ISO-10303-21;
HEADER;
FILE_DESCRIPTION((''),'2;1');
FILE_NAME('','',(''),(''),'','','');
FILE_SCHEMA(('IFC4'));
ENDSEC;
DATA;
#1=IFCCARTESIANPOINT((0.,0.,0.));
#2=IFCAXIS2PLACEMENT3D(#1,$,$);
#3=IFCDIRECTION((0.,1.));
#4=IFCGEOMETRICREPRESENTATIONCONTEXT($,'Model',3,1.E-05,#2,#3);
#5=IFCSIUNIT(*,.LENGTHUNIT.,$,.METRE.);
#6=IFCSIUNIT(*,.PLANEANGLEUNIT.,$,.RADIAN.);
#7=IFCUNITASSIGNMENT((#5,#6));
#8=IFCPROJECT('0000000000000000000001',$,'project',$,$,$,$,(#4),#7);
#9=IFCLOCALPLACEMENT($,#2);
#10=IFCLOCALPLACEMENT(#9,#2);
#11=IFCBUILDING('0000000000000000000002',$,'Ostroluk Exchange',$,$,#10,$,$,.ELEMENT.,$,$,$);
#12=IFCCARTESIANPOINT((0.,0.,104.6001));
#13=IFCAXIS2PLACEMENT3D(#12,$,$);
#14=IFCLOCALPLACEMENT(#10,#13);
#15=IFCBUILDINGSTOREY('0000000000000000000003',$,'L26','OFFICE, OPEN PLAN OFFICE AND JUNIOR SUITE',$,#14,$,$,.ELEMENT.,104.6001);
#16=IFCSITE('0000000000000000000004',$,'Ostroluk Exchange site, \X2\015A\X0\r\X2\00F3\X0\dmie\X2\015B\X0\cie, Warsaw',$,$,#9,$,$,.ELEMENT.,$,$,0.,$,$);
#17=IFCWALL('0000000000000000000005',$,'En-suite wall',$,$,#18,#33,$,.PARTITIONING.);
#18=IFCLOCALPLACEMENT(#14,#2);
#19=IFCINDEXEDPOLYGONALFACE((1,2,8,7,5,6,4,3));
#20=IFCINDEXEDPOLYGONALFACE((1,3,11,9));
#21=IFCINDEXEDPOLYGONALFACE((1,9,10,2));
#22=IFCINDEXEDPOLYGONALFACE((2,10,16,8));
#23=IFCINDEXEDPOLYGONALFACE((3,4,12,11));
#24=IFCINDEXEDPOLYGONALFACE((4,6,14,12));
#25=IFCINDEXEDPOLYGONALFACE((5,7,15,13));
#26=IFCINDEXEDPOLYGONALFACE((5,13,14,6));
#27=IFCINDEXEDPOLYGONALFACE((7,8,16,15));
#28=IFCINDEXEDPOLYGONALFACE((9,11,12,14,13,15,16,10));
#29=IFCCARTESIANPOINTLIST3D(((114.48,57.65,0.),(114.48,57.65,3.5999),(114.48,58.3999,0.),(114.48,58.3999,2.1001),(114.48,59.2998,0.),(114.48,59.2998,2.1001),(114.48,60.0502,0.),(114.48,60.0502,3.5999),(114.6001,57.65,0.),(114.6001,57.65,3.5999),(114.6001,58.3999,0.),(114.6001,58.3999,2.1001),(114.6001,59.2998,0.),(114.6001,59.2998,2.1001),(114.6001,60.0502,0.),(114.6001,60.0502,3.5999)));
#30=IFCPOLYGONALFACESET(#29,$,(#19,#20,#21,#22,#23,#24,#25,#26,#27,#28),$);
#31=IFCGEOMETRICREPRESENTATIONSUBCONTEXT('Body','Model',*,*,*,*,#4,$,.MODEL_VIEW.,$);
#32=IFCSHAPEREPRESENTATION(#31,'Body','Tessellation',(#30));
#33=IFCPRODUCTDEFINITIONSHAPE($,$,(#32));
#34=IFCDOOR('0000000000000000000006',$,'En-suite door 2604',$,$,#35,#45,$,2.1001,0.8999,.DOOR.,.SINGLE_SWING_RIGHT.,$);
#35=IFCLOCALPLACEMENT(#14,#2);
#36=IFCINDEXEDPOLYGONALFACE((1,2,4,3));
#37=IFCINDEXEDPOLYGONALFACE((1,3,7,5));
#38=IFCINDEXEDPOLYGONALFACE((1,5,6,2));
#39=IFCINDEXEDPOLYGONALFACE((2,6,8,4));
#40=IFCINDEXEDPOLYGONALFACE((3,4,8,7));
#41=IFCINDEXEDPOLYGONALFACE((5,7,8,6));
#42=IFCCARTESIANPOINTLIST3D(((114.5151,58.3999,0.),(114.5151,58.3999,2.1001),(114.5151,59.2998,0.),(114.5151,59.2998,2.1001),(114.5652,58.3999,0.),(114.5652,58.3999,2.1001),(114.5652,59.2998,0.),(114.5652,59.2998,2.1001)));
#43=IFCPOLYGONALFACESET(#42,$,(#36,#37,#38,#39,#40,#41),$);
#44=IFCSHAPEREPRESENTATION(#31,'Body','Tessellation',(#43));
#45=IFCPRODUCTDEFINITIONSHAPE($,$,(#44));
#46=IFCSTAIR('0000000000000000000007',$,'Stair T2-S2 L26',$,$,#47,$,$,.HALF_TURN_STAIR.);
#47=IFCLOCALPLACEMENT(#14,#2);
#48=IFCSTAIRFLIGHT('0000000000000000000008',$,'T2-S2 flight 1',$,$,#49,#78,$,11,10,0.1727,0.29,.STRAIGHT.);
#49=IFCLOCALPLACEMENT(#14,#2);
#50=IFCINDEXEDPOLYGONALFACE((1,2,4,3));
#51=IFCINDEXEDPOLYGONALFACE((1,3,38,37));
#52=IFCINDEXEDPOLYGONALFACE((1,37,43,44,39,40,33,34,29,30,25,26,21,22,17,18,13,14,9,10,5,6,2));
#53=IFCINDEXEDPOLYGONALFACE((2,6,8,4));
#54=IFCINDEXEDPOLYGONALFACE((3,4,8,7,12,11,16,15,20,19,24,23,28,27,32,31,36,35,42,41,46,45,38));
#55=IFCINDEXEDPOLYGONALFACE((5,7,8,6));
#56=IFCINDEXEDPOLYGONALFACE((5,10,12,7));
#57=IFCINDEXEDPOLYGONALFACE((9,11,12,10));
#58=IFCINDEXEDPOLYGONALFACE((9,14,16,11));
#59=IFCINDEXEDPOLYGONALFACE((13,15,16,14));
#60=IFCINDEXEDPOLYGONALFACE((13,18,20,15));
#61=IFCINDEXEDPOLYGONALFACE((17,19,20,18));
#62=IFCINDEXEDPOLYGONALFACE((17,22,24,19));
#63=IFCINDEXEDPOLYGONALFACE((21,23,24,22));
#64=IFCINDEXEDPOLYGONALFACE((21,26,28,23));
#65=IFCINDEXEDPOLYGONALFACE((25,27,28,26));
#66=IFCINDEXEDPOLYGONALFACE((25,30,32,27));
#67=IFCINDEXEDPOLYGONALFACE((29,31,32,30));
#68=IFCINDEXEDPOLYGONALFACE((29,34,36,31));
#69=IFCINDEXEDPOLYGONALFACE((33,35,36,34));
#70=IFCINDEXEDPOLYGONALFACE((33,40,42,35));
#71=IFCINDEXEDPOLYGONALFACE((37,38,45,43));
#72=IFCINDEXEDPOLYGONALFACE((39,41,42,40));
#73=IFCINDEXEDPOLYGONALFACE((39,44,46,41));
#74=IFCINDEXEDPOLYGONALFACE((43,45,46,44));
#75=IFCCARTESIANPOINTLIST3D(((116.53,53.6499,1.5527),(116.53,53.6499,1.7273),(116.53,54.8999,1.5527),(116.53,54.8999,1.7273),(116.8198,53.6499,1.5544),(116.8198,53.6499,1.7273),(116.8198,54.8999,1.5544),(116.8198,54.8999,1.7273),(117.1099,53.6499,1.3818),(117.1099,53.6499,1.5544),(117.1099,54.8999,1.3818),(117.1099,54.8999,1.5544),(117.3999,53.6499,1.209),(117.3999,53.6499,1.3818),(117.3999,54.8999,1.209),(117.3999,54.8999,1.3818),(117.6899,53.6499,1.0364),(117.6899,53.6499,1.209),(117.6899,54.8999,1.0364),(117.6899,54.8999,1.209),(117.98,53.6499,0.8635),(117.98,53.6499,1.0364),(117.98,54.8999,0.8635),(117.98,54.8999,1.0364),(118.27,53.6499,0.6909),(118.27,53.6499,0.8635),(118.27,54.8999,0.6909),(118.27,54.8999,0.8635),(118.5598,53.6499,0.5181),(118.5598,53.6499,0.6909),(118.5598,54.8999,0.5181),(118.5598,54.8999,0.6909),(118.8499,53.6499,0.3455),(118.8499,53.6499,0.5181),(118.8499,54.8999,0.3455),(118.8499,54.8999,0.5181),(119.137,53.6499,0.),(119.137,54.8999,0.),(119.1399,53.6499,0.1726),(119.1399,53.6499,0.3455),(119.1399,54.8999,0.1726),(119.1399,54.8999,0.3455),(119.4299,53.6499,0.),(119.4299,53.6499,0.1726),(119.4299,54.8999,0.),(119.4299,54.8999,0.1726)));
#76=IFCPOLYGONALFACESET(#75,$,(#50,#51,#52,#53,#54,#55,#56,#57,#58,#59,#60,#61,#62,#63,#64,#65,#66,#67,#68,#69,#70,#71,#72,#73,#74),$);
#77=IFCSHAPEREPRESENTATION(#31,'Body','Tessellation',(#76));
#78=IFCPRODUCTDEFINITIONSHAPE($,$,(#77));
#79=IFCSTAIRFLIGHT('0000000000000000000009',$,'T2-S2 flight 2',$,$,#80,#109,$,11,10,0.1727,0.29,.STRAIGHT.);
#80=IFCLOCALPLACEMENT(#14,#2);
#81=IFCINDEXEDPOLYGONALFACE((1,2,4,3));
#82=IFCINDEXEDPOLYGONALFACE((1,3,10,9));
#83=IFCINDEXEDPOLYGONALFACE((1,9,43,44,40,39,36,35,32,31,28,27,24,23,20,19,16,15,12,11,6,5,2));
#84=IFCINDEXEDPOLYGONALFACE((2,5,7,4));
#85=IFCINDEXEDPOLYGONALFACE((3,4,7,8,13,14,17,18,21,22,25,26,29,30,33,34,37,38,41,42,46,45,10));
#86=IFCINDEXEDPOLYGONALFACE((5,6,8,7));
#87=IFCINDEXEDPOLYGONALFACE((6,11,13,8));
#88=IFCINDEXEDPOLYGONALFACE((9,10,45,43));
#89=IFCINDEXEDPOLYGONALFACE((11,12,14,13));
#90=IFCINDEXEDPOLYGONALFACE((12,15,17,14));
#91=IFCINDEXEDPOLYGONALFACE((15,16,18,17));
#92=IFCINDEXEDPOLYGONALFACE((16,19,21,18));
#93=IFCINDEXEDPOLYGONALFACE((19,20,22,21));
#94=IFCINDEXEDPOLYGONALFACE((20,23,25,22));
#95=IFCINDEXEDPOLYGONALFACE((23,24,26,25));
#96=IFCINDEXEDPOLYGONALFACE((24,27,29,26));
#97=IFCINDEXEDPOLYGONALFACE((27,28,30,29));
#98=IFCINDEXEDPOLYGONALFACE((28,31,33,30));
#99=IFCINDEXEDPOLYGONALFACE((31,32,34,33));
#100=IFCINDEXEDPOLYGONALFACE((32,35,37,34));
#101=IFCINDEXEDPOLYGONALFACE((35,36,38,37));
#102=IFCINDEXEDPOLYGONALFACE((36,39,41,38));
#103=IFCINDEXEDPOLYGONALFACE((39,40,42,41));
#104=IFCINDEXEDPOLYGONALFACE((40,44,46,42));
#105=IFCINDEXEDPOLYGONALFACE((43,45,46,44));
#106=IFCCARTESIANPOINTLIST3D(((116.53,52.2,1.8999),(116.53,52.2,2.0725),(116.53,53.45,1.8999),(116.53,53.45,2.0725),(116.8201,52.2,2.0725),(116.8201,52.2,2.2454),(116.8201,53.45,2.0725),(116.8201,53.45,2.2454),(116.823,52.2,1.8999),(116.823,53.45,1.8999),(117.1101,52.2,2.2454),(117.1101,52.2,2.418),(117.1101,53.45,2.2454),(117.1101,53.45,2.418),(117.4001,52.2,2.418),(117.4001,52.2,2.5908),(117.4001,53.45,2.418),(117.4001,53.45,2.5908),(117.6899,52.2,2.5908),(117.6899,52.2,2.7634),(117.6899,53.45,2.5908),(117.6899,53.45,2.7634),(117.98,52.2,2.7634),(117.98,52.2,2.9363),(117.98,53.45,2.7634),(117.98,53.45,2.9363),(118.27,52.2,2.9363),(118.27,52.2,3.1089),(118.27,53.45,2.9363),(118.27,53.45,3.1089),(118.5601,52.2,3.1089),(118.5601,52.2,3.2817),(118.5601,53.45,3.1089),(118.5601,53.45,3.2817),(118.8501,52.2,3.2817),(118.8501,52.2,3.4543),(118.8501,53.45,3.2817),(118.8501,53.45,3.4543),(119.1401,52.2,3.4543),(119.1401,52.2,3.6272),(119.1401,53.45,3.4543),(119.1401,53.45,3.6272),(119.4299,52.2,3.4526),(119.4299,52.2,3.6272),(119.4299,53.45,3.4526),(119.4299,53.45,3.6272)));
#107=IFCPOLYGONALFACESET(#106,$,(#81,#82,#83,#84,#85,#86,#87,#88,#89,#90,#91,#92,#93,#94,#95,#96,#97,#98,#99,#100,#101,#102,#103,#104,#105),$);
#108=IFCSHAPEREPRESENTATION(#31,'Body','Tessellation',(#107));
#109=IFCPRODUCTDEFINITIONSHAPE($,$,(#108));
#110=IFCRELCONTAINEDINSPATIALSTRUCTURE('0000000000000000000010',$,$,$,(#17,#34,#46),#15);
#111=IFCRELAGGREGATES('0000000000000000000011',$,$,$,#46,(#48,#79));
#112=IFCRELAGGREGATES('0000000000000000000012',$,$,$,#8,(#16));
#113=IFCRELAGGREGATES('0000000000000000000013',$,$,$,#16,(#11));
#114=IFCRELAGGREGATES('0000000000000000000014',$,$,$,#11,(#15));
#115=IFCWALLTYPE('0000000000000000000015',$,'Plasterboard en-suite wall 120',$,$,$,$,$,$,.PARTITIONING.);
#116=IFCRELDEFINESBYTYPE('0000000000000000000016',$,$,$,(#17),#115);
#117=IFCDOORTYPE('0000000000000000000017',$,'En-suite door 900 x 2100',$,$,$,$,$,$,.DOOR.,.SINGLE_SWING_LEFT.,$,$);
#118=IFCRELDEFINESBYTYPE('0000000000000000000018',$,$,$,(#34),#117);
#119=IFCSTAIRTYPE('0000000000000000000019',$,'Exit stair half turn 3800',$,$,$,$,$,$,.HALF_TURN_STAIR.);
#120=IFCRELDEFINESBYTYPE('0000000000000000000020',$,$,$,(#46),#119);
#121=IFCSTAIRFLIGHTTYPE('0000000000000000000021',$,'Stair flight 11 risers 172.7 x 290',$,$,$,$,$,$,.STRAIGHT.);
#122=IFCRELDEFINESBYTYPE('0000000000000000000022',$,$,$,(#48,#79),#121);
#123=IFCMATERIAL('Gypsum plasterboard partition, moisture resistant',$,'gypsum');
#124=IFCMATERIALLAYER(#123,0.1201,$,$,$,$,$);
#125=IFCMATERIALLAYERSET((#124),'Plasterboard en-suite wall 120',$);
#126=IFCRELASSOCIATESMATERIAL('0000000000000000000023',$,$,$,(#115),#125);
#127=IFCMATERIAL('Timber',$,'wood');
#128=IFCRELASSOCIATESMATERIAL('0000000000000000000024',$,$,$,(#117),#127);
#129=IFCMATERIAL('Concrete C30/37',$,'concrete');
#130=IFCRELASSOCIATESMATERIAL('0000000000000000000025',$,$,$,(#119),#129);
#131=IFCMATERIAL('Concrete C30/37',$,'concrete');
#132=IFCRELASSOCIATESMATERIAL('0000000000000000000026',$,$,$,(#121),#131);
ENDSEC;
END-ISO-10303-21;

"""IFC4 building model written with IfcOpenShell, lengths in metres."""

from ifc_helpers import new_model, si_unit, direction, frame, frame_2d, origin, place, context, subcontext, project, spatial, polyline, rectangle, outline, extrude, material, layer, layer_set, type_object, element, fill, aggregate, save


model = new_model("IFC4")

# Units and contexts
model_context = context("Model", 3, precision=1e-05, world=origin(), true_north=direction((0.0, 1.0)))
body_context = subcontext(model_context, "Body", "Model", "MODEL_VIEW")
ifc_project = project(units=[si_unit("LENGTHUNIT", "METRE"), si_unit("PLANEANGLEUNIT", "RADIAN")], contexts=[model_context])

# Site, building, storey
site_placement = place(None, origin())
site = spatial("IfcSite", under=ifc_project, at=site_placement, Name="Ostroluk Exchange site, Śródmieście, Warsaw", CompositionType="ELEMENT", RefElevation=0.0)
building_placement = place(site_placement, origin())
building = spatial("IfcBuilding", under=site, at=building_placement, Name="Ostroluk Exchange", CompositionType="ELEMENT")
storey_placement = place(building_placement, frame((0.0, 0.0, 104.6001)))
storey = spatial("IfcBuildingStorey", under=building, at=storey_placement, Name="L26", Description="OFFICE, OPEN PLAN OFFICE AND JUNIOR SUITE", CompositionType="ELEMENT", Elevation=104.6001)

# Wall, opening, door
ifc_material_1 = material(Name="Gypsum plasterboard partition, moisture resistant", Category="gypsum")
ifc_layer_1 = layer(ifc_material_1, 0.1201)
ifc_layer_set_1 = layer_set([ifc_layer_1], Name="Plasterboard en-suite wall 120")
wall_type_1 = type_object("IfcWallType", Name="Plasterboard en-suite wall 120", PredefinedType="PARTITIONING", material=ifc_layer_set_1)
wall_1_placement = place(storey_placement, frame((114.54, 57.6499, 0.0), z_axis=(0.0, 0.0, 1.0), x_axis=(0.0, 1.0, 0.0)))
wall_1 = element("IfcWall", 1, at=wall_1_placement, inside=storey, type_object=wall_type_1, Name="En-suite wall", PredefinedType="PARTITIONING", context=body_context, shape_type="SweptSolid", body=[
    extrude(rectangle(XDim=2.4001, YDim=0.1201, at=frame_2d((1.2002, 0.0))), origin(), (0.0, 0.0, 1.0), 3.5999),
])
opening_1_placement = place(wall_1_placement, frame((0.75, 0.0, 0.0)))
opening_1 = element("IfcOpeningElement", 2, at=opening_1_placement, cuts=wall_1, PredefinedType="OPENING", context=body_context, shape_type="SweptSolid", body=[
    extrude(rectangle(XDim=0.8999, YDim=2.1001, at=frame_2d((0.45, 1.05))), frame((0.0, 0.0701, 0.0), z_axis=(0.0, -1.0, 0.0), x_axis=(1.0, 0.0, 0.0)), (0.0, 0.0, 1.0), 0.1401),
])
ifc_material_2 = material(Name="Timber", Category="wood")
door_type_1 = type_object("IfcDoorType", Name="En-suite door 900 x 2100", OperationType="SINGLE_SWING_LEFT", PredefinedType="DOOR", material=ifc_material_2)
door_1_placement = place(opening_1_placement, origin())
door_1 = element("IfcDoor", 3, at=door_1_placement, inside=storey, type_object=door_type_1, Name="En-suite door 2604", OperationType="SINGLE_SWING_RIGHT", OverallHeight=2.1001, OverallWidth=0.8999, PredefinedType="DOOR", context=body_context, shape_type="SweptSolid", body=[
    extrude(rectangle(XDim=0.8999, YDim=2.1001, at=frame_2d((0.45, 1.05))), frame((0.0, 0.0249, 0.0), z_axis=(0.0, -1.0, 0.0), x_axis=(1.0, 0.0, 0.0)), (0.0, 0.0, 1.0), 0.05),
])
fill(opening_1, door_1)

# Stair, stair flights
ifc_material_3 = material(Name="Concrete C30/37", Category="concrete")
stair_type = type_object("IfcStairType", Name="Exit stair half turn 3800", PredefinedType="HALF_TURN_STAIR", material=ifc_material_3)
stair_placement = place(storey_placement, origin())
stair = element("IfcStair", 4, at=stair_placement, inside=storey, type_object=stair_type, Name="Stair T2-S2 L26", PredefinedType="HALF_TURN_STAIR")
ifc_material_4 = material(Name="Concrete C30/37", Category="concrete")
stair_flight_type = type_object("IfcStairFlightType", Name="Stair flight 11 risers 172.7 x 290", PredefinedType="STRAIGHT", material=ifc_material_4)
stair_flight_1_placement = place(storey_placement, frame((119.4299, 54.2749, 0.0), z_axis=(0.0, 0.0, 1.0), x_axis=(-1.0, 0.0, 0.0)))
stair_flight_1 = element("IfcStairFlight", 5, at=stair_flight_1_placement, type_object=stair_flight_type, Name="T2-S2 flight 1", NumberOfRisers=11, NumberOfTreads=10, PredefinedType="STRAIGHT", RiserHeight=0.1727, TreadLength=0.29, context=body_context, shape_type="SweptSolid", body=[
    extrude(outline(polyline([(0.0, 0.0), (0.0, 0.1726), (0.29, 0.1726), (0.29, 0.3455), (0.5801, 0.3455), (0.5801, 0.5181), (0.8701, 0.5181), (0.8701, 0.6909), (1.1599, 0.6909), (1.1599, 0.8635), (1.45, 0.8635), (1.45, 1.0364), (1.74, 1.0364), (1.74, 1.209), (2.03, 1.209), (2.03, 1.3818), (2.3201, 1.3818), (2.3201, 1.5544), (2.6101, 1.5544), (2.6101, 1.7273), (2.8999, 1.7273), (2.8999, 1.8999), (2.8999, 1.5527), (0.293, 0.0), (0.0, 0.0)])), frame((0.0, 0.625, 0.0), z_axis=(0.0, -1.0, 0.0), x_axis=(1.0, 0.0, 0.0)), (0.0, 0.0, 1.0), 1.25),
])
stair_flight_2_placement = place(storey_placement, frame((116.53, 52.825, 1.8999), z_axis=(0.0, 0.0, 1.0), x_axis=(1.0, 0.0, 0.0)))
stair_flight_2 = element("IfcStairFlight", 6, at=stair_flight_2_placement, type_object=stair_flight_type, Name="T2-S2 flight 2", NumberOfRisers=11, NumberOfTreads=10, PredefinedType="STRAIGHT", RiserHeight=0.1727, TreadLength=0.29, context=body_context, shape_type="SweptSolid", body=[
    extrude(outline(polyline([(0.0, 0.0), (0.0, 0.1726), (0.29, 0.1726), (0.29, 0.3455), (0.5801, 0.3455), (0.5801, 0.5181), (0.8701, 0.5181), (0.8701, 0.6909), (1.1599, 0.6909), (1.1599, 0.8635), (1.45, 0.8635), (1.45, 1.0364), (1.74, 1.0364), (1.74, 1.209), (2.03, 1.209), (2.03, 1.3818), (2.3201, 1.3818), (2.3201, 1.5544), (2.6101, 1.5544), (2.6101, 1.7273), (2.8999, 1.7273), (2.8999, 1.8999), (2.8999, 1.5527), (0.293, 0.0), (0.0, 0.0)])), frame((0.0, 0.625, 0.0), z_axis=(0.0, -1.0, 0.0), x_axis=(1.0, 0.0, 0.0)), (0.0, 0.0, 1.0), 1.25),
])
aggregate(stair, [stair_flight_1, stair_flight_2])

save(model, "model.ifc")
